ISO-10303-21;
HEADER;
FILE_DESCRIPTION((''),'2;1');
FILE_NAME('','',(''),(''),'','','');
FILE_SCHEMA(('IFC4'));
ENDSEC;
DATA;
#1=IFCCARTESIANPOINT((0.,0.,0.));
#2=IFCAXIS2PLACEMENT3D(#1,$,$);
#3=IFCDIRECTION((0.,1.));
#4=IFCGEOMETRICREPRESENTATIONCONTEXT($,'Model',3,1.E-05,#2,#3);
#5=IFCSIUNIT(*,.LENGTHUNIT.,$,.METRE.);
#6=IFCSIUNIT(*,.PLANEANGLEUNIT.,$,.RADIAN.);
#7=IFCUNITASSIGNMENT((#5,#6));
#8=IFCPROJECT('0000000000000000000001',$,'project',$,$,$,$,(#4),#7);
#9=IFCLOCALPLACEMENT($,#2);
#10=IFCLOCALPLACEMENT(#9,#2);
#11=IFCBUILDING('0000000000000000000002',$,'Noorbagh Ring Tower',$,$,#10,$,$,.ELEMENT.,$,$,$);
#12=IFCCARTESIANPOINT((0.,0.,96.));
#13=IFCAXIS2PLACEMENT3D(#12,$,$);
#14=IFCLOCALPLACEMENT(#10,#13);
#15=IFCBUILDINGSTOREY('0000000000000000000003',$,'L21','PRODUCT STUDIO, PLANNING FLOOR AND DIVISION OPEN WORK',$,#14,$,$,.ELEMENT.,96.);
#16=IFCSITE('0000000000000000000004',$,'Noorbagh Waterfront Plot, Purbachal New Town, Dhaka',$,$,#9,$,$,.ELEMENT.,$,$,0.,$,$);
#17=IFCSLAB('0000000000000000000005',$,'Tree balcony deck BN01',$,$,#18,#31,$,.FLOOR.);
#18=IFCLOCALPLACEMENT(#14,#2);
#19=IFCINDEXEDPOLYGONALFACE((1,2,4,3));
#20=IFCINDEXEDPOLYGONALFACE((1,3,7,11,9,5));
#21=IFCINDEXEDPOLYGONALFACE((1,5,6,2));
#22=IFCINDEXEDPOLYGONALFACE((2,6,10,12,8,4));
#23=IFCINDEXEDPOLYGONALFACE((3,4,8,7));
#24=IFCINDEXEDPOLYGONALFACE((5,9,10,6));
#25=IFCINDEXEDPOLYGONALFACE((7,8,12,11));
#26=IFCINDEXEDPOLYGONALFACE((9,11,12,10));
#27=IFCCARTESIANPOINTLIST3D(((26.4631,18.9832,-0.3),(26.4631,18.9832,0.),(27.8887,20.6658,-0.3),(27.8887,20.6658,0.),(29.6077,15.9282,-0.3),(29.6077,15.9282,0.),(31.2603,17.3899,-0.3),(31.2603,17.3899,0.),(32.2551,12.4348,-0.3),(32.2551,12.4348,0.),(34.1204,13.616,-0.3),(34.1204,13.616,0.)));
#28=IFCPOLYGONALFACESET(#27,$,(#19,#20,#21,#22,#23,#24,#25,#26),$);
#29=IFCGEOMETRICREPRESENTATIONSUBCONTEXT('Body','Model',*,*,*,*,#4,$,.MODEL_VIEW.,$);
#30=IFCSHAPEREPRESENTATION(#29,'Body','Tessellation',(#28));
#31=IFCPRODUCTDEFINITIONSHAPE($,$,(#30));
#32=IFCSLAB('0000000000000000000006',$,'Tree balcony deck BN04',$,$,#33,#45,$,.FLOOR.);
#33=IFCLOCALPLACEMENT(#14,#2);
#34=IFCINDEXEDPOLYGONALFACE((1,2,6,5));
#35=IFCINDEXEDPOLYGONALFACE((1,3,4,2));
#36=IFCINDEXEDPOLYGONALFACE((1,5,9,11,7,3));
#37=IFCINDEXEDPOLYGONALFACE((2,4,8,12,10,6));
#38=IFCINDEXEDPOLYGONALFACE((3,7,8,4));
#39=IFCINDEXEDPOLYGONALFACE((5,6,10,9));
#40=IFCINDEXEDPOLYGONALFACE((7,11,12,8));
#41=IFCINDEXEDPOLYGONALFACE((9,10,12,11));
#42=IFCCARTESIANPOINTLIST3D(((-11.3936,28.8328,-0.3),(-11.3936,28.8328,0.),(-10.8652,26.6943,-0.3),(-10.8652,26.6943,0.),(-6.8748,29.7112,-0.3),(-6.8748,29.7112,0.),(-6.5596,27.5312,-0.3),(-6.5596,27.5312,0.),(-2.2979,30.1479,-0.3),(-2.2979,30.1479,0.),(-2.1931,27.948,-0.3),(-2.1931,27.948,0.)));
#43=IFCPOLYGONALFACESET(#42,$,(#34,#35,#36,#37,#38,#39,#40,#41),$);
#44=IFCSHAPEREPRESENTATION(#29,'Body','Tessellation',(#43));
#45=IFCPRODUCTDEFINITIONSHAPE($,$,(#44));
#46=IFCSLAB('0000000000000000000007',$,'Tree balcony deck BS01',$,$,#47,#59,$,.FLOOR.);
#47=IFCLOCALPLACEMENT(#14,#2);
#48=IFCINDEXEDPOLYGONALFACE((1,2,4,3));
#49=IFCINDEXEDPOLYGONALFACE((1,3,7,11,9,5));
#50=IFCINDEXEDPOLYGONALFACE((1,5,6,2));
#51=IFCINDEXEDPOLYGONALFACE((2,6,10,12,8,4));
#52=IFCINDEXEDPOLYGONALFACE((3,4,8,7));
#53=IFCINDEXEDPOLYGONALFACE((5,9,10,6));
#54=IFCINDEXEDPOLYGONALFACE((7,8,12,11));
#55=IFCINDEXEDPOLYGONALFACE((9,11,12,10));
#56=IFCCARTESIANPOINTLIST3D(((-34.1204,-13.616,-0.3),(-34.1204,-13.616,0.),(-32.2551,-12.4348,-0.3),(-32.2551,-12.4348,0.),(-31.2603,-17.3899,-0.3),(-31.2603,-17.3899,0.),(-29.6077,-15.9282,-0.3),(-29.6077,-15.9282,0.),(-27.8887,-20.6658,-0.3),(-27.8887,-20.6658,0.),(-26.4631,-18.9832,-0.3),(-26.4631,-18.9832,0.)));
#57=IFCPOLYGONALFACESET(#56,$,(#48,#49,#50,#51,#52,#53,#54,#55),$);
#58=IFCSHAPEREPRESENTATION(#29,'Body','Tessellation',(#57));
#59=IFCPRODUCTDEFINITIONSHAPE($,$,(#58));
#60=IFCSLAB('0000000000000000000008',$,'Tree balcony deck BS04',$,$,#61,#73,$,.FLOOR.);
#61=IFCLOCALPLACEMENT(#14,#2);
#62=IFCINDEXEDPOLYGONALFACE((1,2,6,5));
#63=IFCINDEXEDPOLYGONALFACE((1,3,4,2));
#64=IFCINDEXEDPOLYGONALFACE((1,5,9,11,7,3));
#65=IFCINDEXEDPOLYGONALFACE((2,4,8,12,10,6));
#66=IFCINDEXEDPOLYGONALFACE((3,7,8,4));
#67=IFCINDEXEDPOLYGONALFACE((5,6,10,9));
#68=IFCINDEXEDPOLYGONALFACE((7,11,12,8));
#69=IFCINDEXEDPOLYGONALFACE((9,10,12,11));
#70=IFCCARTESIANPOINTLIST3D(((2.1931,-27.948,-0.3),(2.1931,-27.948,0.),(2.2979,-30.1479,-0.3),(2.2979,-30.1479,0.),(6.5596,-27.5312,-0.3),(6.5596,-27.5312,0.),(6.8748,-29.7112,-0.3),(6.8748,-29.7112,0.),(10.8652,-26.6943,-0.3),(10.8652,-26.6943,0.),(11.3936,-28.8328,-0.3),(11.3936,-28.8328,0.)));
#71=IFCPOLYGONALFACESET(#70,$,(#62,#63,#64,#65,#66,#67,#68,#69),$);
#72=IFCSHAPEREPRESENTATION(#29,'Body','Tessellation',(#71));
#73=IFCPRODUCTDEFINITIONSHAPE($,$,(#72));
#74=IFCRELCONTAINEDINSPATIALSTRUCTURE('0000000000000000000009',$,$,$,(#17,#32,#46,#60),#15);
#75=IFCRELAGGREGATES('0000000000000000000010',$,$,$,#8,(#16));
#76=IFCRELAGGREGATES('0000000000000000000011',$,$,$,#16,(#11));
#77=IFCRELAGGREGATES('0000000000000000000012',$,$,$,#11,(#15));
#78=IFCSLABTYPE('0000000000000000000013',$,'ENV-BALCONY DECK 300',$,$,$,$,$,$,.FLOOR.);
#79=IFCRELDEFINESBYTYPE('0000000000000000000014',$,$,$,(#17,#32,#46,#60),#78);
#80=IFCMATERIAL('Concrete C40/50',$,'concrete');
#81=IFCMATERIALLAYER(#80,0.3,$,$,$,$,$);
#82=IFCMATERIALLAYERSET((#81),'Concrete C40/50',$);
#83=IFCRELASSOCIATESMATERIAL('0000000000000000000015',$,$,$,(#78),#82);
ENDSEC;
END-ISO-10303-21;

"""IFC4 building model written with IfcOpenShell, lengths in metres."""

from ifc_helpers import new_model, si_unit, direction, frame, origin, place, context, subcontext, project, spatial, polyline, outline, extrude, material, layer, layer_set, type_object, element, save


model = new_model("IFC4")

# Units and contexts
model_context = context("Model", 3, precision=1e-05, world=origin(), true_north=direction((0.0, 1.0)))
body_context = subcontext(model_context, "Body", "Model", "MODEL_VIEW")
ifc_project = project(units=[si_unit("LENGTHUNIT", "METRE"), si_unit("PLANEANGLEUNIT", "RADIAN")], contexts=[model_context])

# Site, building, storey
site_placement = place(None, origin())
site = spatial("IfcSite", under=ifc_project, at=site_placement, Name="Noorbagh Waterfront Plot, Purbachal New Town, Dhaka", CompositionType="ELEMENT", RefElevation=0.0)
building_placement = place(site_placement, origin())
building = spatial("IfcBuilding", under=site, at=building_placement, Name="Noorbagh Ring Tower", CompositionType="ELEMENT")
storey_placement = place(building_placement, frame((0.0, 0.0, 96.0)))
storey = spatial("IfcBuildingStorey", under=building, at=storey_placement, Name="L21", Description="PRODUCT STUDIO, PLANNING FLOOR AND DIVISION OPEN WORK", CompositionType="ELEMENT", Elevation=96.0)

# Slabs
ifc_material = material(Name="Concrete C40/50", Category="concrete")
ifc_layer = layer(ifc_material, 0.3)
ifc_layer_set = layer_set([ifc_layer], Name="Concrete C40/50")
slab_type = type_object("IfcSlabType", Name="ENV-BALCONY DECK 300", PredefinedType="FLOOR", material=ifc_layer_set)
slab_1_placement = place(storey_placement, frame((0.0, 0.0, -0.3)))
element("IfcSlab", 1, at=slab_1_placement, inside=storey, type_object=slab_type, Name="Tree balcony deck BN01", PredefinedType="FLOOR", context=body_context, shape_type="SweptSolid", body=[
    extrude(outline(polyline([(34.1204, 13.616), (31.2603, 17.3899), (27.8887, 20.6658), (26.4631, 18.9832), (29.6077, 15.9282), (32.2551, 12.4348), (34.1204, 13.616)])), origin(), (0.0, 0.0, 1.0), 0.3),
])
slab_2_placement = place(storey_placement, frame((0.0, 0.0, -0.3)))
element("IfcSlab", 2, at=slab_2_placement, inside=storey, type_object=slab_type, Name="Tree balcony deck BN04", PredefinedType="FLOOR", context=body_context, shape_type="SweptSolid", body=[
    extrude(outline(polyline([(-2.2979, 30.1479), (-6.8748, 29.7112), (-11.3936, 28.8328), (-10.8652, 26.6943), (-6.5596, 27.5312), (-2.1931, 27.948), (-2.2979, 30.1479)])), origin(), (0.0, 0.0, 1.0), 0.3),
])
slab_3_placement = place(storey_placement, frame((0.0, 0.0, -0.3)))
element("IfcSlab", 3, at=slab_3_placement, inside=storey, type_object=slab_type, Name="Tree balcony deck BS01", PredefinedType="FLOOR", context=body_context, shape_type="SweptSolid", body=[
    extrude(outline(polyline([(-34.1204, -13.616), (-31.2603, -17.3899), (-27.8887, -20.6658), (-26.4631, -18.9832), (-29.6077, -15.9282), (-32.2551, -12.4348), (-34.1204, -13.616)])), origin(), (0.0, 0.0, 1.0), 0.3),
])
slab_4_placement = place(storey_placement, frame((0.0, 0.0, -0.3)))
element("IfcSlab", 4, at=slab_4_placement, inside=storey, type_object=slab_type, Name="Tree balcony deck BS04", PredefinedType="FLOOR", context=body_context, shape_type="SweptSolid", body=[
    extrude(outline(polyline([(2.2979, -30.1479), (6.8748, -29.7112), (11.3936, -28.8328), (10.8652, -26.6943), (6.5596, -27.5312), (2.1931, -27.948), (2.2979, -30.1479)])), origin(), (0.0, 0.0, 1.0), 0.3),
])

save(model, "model.ifc")
